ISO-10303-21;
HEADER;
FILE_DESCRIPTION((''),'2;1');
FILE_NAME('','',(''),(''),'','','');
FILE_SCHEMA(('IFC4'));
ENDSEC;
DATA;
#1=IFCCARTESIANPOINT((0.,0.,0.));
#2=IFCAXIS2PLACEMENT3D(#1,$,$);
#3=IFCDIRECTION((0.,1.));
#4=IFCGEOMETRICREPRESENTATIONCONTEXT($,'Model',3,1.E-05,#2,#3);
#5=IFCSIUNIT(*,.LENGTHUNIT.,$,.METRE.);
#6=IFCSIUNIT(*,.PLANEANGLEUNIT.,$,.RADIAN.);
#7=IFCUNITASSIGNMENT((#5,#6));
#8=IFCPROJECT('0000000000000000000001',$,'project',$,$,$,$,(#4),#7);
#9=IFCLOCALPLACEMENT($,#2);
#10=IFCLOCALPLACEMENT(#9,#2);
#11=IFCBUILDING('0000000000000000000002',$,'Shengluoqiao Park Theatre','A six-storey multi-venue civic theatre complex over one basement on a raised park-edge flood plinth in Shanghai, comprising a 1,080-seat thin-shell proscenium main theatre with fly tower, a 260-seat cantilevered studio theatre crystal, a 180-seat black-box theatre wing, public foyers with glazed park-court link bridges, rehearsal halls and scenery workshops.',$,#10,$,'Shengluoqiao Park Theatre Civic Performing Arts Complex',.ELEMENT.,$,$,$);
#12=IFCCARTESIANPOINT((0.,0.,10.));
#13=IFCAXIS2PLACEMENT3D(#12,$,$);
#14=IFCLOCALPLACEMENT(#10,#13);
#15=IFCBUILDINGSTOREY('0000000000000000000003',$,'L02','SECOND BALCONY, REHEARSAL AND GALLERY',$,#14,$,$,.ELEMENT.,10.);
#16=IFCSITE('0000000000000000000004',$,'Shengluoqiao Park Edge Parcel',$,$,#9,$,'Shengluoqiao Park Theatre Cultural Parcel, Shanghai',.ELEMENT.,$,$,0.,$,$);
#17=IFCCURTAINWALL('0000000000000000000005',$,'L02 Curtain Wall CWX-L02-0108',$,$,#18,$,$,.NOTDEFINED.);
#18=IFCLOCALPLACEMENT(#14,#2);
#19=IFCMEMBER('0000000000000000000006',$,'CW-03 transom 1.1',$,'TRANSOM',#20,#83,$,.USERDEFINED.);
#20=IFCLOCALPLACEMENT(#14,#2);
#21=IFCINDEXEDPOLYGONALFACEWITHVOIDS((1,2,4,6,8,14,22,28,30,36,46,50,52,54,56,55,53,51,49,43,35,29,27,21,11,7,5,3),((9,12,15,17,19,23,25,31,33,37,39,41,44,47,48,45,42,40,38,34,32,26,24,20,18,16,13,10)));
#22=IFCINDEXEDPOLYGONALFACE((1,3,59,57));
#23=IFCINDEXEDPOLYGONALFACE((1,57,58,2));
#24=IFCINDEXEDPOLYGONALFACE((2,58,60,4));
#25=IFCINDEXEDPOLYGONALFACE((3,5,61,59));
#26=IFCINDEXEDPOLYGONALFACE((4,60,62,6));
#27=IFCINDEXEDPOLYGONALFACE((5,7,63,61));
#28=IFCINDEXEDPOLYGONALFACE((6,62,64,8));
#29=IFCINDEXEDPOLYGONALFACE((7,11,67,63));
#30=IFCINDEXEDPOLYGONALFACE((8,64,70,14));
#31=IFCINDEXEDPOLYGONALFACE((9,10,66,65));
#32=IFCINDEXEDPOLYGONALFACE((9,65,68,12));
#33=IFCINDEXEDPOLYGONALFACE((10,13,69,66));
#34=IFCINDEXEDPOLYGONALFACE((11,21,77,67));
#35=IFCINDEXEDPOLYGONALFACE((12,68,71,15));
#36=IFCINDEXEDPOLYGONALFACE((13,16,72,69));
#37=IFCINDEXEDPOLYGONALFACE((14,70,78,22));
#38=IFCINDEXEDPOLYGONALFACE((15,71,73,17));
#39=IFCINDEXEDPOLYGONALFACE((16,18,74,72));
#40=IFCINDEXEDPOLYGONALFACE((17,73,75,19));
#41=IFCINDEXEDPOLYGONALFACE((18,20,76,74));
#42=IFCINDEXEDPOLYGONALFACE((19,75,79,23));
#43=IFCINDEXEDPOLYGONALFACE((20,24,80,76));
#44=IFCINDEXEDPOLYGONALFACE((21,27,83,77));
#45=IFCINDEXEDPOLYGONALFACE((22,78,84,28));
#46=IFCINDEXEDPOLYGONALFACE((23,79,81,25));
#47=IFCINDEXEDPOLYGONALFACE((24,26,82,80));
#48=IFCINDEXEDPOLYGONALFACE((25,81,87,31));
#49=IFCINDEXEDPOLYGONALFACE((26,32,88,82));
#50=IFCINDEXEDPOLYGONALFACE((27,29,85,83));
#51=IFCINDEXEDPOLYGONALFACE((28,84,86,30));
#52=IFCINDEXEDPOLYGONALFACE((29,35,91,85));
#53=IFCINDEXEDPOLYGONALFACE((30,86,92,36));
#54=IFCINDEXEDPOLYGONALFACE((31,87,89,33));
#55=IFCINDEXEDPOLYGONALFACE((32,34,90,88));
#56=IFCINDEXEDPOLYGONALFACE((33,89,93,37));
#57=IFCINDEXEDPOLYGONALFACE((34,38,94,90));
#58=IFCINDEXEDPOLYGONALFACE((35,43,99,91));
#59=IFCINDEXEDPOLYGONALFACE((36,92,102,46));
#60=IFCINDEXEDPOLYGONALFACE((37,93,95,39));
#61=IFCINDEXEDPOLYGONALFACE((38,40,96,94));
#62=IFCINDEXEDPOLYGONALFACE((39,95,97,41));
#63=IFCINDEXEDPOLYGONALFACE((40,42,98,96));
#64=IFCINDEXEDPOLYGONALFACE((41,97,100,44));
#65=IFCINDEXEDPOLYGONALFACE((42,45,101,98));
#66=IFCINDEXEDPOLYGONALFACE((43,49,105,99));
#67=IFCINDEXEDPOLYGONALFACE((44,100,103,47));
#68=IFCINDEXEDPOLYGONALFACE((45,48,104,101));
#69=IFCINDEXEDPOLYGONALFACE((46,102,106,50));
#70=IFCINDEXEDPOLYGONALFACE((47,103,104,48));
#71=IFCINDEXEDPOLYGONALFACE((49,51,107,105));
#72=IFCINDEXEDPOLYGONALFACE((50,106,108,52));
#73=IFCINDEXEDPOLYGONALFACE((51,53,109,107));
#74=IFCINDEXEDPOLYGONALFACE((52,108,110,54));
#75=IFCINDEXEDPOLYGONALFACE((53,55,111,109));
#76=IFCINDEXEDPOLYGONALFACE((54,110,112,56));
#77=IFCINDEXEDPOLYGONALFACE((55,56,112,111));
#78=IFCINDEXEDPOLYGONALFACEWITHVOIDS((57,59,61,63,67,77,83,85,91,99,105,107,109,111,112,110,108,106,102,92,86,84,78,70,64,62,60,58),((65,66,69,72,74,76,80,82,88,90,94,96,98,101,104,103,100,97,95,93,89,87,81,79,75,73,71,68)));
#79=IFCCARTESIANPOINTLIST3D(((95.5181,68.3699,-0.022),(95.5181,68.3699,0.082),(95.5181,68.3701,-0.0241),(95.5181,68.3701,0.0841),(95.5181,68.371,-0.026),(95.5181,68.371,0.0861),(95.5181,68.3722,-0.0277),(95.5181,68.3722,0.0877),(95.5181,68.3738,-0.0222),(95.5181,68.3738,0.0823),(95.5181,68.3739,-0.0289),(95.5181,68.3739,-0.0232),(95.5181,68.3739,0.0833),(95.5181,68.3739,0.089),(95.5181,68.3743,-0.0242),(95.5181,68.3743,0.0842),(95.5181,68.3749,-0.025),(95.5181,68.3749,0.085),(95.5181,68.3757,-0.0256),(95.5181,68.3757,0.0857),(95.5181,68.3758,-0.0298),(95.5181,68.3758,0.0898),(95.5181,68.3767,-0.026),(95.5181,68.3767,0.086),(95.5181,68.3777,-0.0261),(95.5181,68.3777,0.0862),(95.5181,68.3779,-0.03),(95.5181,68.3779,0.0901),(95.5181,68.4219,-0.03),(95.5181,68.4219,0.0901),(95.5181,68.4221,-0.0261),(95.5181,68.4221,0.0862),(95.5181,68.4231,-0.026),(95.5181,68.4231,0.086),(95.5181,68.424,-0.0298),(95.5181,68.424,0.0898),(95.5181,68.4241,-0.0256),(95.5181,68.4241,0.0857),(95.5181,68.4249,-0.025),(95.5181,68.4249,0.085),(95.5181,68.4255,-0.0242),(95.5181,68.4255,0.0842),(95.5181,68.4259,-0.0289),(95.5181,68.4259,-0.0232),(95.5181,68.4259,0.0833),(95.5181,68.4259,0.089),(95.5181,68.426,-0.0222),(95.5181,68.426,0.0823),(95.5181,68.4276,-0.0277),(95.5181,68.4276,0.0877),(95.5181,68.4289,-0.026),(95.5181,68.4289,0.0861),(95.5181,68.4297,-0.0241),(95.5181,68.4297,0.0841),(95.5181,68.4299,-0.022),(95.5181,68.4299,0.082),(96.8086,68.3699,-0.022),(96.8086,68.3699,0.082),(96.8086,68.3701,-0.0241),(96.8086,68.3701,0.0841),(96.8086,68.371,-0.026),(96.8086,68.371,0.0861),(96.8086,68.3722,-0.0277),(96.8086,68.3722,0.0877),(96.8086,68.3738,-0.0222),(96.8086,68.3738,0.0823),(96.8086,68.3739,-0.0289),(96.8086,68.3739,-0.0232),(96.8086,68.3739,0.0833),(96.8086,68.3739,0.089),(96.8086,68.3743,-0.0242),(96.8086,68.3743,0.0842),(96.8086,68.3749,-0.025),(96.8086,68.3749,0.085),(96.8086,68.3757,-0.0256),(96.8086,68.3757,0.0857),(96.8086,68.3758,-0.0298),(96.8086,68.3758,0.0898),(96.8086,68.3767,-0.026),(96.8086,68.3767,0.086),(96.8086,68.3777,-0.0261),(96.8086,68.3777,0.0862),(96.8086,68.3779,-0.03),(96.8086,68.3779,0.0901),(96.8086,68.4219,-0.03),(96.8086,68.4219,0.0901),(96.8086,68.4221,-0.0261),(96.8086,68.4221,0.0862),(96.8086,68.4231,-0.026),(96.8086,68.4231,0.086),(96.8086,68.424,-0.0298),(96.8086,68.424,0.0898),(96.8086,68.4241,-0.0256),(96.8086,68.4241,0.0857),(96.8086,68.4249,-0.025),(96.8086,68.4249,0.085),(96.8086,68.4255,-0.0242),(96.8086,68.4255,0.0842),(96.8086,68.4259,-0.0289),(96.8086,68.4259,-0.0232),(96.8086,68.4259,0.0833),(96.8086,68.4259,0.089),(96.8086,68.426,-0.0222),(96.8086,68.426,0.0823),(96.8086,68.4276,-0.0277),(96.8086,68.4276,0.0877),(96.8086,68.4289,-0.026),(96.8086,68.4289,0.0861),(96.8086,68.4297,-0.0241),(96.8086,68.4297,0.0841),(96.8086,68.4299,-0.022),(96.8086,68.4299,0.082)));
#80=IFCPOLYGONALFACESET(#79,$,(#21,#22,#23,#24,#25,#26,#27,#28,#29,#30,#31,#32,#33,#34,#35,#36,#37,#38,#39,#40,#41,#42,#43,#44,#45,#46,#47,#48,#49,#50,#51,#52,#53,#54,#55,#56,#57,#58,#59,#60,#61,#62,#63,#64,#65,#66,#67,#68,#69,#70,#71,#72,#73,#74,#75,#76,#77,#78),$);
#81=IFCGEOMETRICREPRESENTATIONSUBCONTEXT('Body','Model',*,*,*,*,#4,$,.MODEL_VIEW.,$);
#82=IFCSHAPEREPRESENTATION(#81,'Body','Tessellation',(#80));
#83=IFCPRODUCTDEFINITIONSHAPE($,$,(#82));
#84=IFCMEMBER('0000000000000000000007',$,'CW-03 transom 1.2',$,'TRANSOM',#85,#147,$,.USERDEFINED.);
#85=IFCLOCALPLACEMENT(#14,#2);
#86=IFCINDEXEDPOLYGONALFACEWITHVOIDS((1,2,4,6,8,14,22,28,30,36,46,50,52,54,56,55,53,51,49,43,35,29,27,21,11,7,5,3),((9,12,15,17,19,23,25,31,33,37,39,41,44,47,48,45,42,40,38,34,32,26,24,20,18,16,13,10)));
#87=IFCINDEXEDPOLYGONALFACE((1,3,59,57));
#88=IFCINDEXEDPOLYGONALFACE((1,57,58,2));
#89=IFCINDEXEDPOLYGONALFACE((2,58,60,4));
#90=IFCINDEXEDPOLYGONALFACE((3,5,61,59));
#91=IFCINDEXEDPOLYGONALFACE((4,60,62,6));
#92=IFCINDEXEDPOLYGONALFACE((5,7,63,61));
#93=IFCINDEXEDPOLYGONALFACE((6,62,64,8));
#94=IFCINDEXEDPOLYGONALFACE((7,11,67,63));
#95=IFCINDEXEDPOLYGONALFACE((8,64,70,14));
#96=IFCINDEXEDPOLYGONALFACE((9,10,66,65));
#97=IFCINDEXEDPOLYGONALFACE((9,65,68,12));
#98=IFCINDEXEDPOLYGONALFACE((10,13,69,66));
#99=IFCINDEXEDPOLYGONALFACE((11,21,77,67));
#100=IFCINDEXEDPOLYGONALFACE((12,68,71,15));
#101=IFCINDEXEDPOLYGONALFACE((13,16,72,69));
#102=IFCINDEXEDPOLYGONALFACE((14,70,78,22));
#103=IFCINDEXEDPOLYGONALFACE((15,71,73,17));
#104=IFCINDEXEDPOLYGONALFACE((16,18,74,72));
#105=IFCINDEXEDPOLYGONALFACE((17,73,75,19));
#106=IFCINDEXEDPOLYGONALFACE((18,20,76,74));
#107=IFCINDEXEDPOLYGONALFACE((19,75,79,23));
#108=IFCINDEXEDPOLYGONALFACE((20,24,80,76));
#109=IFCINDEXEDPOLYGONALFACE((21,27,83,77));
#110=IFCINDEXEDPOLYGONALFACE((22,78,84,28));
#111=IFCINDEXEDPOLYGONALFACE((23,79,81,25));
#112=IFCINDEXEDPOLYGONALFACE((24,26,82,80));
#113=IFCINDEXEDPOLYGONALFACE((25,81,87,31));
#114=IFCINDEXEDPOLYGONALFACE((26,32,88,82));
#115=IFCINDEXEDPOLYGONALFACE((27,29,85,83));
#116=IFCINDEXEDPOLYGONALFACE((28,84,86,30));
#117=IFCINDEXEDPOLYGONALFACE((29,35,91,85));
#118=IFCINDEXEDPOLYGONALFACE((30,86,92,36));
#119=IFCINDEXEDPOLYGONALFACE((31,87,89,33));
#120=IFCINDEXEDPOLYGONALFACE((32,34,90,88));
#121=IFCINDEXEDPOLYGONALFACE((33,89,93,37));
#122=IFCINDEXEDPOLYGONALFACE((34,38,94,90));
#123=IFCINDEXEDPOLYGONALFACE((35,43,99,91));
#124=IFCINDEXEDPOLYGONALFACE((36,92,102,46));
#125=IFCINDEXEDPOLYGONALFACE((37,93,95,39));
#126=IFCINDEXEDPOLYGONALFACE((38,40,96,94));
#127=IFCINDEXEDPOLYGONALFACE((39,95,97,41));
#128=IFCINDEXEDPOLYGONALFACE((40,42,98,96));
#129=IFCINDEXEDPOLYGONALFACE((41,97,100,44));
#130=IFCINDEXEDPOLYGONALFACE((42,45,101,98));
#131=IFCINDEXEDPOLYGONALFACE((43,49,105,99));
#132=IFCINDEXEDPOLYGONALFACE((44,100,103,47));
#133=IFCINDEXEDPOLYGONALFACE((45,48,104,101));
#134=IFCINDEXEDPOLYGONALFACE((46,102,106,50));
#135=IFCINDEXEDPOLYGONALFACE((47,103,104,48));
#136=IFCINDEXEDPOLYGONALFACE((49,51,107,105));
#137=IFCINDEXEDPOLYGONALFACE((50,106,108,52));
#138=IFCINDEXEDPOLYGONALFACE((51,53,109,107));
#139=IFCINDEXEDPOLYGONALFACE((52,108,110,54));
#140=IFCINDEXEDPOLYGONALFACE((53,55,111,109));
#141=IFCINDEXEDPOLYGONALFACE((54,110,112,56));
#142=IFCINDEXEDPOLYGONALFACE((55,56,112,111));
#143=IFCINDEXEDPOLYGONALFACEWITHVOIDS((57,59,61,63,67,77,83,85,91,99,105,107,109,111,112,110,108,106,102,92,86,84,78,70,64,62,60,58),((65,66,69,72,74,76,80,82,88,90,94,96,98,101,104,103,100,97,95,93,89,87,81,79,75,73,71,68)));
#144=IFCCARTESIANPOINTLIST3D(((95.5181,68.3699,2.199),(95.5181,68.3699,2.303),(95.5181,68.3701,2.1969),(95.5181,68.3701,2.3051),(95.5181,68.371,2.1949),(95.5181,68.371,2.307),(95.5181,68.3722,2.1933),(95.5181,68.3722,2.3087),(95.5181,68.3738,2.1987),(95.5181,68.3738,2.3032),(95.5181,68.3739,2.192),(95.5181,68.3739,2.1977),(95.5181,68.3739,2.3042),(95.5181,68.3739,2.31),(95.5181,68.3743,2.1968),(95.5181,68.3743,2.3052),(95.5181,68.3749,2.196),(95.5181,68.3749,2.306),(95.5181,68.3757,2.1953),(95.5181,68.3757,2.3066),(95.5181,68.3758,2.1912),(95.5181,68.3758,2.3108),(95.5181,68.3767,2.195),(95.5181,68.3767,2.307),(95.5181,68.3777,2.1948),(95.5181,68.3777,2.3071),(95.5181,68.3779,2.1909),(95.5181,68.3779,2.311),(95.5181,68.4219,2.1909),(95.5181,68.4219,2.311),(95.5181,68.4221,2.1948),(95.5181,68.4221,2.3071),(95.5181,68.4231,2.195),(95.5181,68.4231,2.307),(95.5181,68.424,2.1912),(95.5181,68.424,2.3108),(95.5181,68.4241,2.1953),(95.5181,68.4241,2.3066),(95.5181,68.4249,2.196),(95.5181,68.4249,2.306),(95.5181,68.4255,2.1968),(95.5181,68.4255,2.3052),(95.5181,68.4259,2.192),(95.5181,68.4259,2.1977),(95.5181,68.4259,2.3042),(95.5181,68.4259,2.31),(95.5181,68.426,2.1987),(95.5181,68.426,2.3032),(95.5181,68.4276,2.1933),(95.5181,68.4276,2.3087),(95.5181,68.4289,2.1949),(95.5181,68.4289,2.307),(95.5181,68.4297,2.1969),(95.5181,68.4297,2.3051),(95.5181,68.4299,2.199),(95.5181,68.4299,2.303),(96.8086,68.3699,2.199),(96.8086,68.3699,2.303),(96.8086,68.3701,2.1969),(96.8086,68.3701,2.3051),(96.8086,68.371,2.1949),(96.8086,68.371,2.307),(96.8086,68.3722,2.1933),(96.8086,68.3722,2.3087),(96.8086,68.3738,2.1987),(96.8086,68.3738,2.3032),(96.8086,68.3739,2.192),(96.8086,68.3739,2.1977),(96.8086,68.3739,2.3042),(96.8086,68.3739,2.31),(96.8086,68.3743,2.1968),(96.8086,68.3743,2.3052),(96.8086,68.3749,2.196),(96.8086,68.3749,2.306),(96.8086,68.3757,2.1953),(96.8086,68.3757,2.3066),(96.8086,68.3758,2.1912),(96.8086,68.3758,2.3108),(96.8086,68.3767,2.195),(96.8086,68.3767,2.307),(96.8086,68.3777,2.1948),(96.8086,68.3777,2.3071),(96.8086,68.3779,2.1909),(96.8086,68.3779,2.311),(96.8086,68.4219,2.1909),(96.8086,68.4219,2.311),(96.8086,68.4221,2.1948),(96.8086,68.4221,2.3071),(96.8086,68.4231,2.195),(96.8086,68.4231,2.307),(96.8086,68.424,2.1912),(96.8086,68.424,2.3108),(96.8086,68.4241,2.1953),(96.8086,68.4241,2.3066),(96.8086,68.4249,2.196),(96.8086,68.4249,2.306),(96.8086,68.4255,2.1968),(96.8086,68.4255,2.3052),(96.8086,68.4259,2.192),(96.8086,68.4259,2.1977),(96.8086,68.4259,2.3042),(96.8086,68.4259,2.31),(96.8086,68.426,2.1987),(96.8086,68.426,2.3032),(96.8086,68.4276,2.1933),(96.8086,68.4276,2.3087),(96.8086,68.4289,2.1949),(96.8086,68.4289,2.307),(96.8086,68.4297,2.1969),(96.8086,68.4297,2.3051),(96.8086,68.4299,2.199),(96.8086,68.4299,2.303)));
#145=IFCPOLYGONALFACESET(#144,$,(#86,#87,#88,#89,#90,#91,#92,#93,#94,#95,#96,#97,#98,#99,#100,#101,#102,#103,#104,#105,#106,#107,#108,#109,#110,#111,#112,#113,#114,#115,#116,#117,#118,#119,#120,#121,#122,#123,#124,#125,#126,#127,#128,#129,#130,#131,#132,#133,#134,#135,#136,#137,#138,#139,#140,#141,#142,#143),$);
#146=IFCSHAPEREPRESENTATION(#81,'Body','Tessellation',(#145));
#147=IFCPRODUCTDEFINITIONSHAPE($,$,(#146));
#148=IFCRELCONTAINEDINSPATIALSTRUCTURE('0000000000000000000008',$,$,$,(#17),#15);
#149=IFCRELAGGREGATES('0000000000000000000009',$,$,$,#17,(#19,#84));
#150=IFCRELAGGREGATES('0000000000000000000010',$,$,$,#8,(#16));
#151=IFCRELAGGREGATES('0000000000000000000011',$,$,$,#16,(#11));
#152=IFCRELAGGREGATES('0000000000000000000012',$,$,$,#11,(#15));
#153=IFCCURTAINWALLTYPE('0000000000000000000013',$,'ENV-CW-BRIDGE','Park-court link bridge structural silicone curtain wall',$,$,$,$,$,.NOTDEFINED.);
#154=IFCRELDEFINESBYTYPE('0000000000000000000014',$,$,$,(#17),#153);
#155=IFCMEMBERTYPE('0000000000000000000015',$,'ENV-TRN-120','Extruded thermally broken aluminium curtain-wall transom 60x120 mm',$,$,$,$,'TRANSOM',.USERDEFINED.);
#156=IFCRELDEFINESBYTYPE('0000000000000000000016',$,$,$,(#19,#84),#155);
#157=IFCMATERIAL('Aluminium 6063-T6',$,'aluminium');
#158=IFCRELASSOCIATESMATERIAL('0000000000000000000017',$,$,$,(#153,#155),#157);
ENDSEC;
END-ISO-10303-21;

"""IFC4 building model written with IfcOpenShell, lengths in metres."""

from ifc_helpers import new_model, si_unit, direction, frame, origin, origin_2d, place, context, subcontext, project, spatial, hollow_rectangle, extrude, material, material_profile, profile_set, type_object, element, aggregate, save


model = new_model("IFC4")

# Units and contexts
model_context = context("Model", 3, precision=1e-05, world=origin(), true_north=direction((0.0, 1.0)))
body_context = subcontext(model_context, "Body", "Model", "MODEL_VIEW")
ifc_project = project(units=[si_unit("LENGTHUNIT", "METRE"), si_unit("PLANEANGLEUNIT", "RADIAN")], contexts=[model_context])

# Site, building, storey
site_placement = place(None, origin())
site = spatial("IfcSite", under=ifc_project, at=site_placement, Name="Shengluoqiao Park Edge Parcel", LongName="Shengluoqiao Park Theatre Cultural Parcel, Shanghai", CompositionType="ELEMENT", RefElevation=0.0)
building_placement = place(site_placement, origin())
building = spatial("IfcBuilding", under=site, at=building_placement, Name="Shengluoqiao Park Theatre", Description="A six-storey multi-venue civic theatre complex over one basement on a raised park-edge flood plinth in Shanghai, comprising a 1,080-seat thin-shell proscenium main theatre with fly tower, a 260-seat cantilevered studio theatre crystal, a 180-seat black-box theatre wing, public foyers with glazed park-court link bridges, rehearsal halls and scenery workshops.", LongName="Shengluoqiao Park Theatre Civic Performing Arts Complex", CompositionType="ELEMENT")
storey_placement = place(building_placement, frame((0.0, 0.0, 10.0)))
storey = spatial("IfcBuildingStorey", under=building, at=storey_placement, Name="L02", Description="SECOND BALCONY, REHEARSAL AND GALLERY", CompositionType="ELEMENT", Elevation=10.0)

# Curtain wall, members
ifc_material_1 = material(Name="Aluminium 6063-T6", Category="aluminium")
curtain_wall_type = type_object("IfcCurtainWallType", Name="ENV-CW-BRIDGE", Description="Park-court link bridge structural silicone curtain wall", PredefinedType="NOTDEFINED", material=ifc_material_1)
curtain_wall_placement = place(storey_placement, origin())
curtain_wall = element("IfcCurtainWall", 1, at=curtain_wall_placement, inside=storey, type_object=curtain_wall_type, Name="L02 Curtain Wall CWX-L02-0108", PredefinedType="NOTDEFINED")
ifc_material_profile_1 = material_profile(ifc_material_1, hollow_rectangle(XDim=0.0601, YDim=0.1201, WallThickness=0.0039, InnerFilletRadius=0.0039, OuterFilletRadius=0.0081, at=origin_2d()), Name="ALU TRANSOM 120x60x4")
ifc_profile_set_1 = profile_set([ifc_material_profile_1], Name="Aluminium 6063-T6")
member_type_1 = type_object("IfcMemberType", Name="ENV-TRN-120", Description="Extruded thermally broken aluminium curtain-wall transom 60x120 mm", ElementType="TRANSOM", PredefinedType="USERDEFINED", material=ifc_profile_set_1)
member_1_placement = place(storey_placement, frame((95.5181, 68.3999, 0.03), z_axis=(1.0, 0.0, 0.0), x_axis=(0.0, 1.0, 0.0)))
member_1 = element("IfcMember", 2, at=member_1_placement, type_object=member_type_1, Name="CW-03 transom 1.1", ObjectType="TRANSOM", PredefinedType="USERDEFINED", context=body_context, shape_type="SweptSolid", body=[
    extrude(hollow_rectangle(XDim=0.0601, YDim=0.1201, WallThickness=0.0039, InnerFilletRadius=0.0039, OuterFilletRadius=0.0081, at=origin_2d()), origin(), (0.0, 0.0, 1.0), 1.2905),
])
member_2_placement = place(storey_placement, frame((95.5181, 68.3999, 2.251), z_axis=(1.0, 0.0, 0.0), x_axis=(0.0, 1.0, 0.0)))
member_2 = element("IfcMember", 3, at=member_2_placement, type_object=member_type_1, Name="CW-03 transom 1.2", ObjectType="TRANSOM", PredefinedType="USERDEFINED", context=body_context, shape_type="SweptSolid", body=[
    extrude(hollow_rectangle(XDim=0.0601, YDim=0.1201, WallThickness=0.0039, InnerFilletRadius=0.0039, OuterFilletRadius=0.0081, at=origin_2d()), origin(), (0.0, 0.0, 1.0), 1.2905),
])

aggregate(curtain_wall, [member_1, member_2])

save(model, "model.ifc")
